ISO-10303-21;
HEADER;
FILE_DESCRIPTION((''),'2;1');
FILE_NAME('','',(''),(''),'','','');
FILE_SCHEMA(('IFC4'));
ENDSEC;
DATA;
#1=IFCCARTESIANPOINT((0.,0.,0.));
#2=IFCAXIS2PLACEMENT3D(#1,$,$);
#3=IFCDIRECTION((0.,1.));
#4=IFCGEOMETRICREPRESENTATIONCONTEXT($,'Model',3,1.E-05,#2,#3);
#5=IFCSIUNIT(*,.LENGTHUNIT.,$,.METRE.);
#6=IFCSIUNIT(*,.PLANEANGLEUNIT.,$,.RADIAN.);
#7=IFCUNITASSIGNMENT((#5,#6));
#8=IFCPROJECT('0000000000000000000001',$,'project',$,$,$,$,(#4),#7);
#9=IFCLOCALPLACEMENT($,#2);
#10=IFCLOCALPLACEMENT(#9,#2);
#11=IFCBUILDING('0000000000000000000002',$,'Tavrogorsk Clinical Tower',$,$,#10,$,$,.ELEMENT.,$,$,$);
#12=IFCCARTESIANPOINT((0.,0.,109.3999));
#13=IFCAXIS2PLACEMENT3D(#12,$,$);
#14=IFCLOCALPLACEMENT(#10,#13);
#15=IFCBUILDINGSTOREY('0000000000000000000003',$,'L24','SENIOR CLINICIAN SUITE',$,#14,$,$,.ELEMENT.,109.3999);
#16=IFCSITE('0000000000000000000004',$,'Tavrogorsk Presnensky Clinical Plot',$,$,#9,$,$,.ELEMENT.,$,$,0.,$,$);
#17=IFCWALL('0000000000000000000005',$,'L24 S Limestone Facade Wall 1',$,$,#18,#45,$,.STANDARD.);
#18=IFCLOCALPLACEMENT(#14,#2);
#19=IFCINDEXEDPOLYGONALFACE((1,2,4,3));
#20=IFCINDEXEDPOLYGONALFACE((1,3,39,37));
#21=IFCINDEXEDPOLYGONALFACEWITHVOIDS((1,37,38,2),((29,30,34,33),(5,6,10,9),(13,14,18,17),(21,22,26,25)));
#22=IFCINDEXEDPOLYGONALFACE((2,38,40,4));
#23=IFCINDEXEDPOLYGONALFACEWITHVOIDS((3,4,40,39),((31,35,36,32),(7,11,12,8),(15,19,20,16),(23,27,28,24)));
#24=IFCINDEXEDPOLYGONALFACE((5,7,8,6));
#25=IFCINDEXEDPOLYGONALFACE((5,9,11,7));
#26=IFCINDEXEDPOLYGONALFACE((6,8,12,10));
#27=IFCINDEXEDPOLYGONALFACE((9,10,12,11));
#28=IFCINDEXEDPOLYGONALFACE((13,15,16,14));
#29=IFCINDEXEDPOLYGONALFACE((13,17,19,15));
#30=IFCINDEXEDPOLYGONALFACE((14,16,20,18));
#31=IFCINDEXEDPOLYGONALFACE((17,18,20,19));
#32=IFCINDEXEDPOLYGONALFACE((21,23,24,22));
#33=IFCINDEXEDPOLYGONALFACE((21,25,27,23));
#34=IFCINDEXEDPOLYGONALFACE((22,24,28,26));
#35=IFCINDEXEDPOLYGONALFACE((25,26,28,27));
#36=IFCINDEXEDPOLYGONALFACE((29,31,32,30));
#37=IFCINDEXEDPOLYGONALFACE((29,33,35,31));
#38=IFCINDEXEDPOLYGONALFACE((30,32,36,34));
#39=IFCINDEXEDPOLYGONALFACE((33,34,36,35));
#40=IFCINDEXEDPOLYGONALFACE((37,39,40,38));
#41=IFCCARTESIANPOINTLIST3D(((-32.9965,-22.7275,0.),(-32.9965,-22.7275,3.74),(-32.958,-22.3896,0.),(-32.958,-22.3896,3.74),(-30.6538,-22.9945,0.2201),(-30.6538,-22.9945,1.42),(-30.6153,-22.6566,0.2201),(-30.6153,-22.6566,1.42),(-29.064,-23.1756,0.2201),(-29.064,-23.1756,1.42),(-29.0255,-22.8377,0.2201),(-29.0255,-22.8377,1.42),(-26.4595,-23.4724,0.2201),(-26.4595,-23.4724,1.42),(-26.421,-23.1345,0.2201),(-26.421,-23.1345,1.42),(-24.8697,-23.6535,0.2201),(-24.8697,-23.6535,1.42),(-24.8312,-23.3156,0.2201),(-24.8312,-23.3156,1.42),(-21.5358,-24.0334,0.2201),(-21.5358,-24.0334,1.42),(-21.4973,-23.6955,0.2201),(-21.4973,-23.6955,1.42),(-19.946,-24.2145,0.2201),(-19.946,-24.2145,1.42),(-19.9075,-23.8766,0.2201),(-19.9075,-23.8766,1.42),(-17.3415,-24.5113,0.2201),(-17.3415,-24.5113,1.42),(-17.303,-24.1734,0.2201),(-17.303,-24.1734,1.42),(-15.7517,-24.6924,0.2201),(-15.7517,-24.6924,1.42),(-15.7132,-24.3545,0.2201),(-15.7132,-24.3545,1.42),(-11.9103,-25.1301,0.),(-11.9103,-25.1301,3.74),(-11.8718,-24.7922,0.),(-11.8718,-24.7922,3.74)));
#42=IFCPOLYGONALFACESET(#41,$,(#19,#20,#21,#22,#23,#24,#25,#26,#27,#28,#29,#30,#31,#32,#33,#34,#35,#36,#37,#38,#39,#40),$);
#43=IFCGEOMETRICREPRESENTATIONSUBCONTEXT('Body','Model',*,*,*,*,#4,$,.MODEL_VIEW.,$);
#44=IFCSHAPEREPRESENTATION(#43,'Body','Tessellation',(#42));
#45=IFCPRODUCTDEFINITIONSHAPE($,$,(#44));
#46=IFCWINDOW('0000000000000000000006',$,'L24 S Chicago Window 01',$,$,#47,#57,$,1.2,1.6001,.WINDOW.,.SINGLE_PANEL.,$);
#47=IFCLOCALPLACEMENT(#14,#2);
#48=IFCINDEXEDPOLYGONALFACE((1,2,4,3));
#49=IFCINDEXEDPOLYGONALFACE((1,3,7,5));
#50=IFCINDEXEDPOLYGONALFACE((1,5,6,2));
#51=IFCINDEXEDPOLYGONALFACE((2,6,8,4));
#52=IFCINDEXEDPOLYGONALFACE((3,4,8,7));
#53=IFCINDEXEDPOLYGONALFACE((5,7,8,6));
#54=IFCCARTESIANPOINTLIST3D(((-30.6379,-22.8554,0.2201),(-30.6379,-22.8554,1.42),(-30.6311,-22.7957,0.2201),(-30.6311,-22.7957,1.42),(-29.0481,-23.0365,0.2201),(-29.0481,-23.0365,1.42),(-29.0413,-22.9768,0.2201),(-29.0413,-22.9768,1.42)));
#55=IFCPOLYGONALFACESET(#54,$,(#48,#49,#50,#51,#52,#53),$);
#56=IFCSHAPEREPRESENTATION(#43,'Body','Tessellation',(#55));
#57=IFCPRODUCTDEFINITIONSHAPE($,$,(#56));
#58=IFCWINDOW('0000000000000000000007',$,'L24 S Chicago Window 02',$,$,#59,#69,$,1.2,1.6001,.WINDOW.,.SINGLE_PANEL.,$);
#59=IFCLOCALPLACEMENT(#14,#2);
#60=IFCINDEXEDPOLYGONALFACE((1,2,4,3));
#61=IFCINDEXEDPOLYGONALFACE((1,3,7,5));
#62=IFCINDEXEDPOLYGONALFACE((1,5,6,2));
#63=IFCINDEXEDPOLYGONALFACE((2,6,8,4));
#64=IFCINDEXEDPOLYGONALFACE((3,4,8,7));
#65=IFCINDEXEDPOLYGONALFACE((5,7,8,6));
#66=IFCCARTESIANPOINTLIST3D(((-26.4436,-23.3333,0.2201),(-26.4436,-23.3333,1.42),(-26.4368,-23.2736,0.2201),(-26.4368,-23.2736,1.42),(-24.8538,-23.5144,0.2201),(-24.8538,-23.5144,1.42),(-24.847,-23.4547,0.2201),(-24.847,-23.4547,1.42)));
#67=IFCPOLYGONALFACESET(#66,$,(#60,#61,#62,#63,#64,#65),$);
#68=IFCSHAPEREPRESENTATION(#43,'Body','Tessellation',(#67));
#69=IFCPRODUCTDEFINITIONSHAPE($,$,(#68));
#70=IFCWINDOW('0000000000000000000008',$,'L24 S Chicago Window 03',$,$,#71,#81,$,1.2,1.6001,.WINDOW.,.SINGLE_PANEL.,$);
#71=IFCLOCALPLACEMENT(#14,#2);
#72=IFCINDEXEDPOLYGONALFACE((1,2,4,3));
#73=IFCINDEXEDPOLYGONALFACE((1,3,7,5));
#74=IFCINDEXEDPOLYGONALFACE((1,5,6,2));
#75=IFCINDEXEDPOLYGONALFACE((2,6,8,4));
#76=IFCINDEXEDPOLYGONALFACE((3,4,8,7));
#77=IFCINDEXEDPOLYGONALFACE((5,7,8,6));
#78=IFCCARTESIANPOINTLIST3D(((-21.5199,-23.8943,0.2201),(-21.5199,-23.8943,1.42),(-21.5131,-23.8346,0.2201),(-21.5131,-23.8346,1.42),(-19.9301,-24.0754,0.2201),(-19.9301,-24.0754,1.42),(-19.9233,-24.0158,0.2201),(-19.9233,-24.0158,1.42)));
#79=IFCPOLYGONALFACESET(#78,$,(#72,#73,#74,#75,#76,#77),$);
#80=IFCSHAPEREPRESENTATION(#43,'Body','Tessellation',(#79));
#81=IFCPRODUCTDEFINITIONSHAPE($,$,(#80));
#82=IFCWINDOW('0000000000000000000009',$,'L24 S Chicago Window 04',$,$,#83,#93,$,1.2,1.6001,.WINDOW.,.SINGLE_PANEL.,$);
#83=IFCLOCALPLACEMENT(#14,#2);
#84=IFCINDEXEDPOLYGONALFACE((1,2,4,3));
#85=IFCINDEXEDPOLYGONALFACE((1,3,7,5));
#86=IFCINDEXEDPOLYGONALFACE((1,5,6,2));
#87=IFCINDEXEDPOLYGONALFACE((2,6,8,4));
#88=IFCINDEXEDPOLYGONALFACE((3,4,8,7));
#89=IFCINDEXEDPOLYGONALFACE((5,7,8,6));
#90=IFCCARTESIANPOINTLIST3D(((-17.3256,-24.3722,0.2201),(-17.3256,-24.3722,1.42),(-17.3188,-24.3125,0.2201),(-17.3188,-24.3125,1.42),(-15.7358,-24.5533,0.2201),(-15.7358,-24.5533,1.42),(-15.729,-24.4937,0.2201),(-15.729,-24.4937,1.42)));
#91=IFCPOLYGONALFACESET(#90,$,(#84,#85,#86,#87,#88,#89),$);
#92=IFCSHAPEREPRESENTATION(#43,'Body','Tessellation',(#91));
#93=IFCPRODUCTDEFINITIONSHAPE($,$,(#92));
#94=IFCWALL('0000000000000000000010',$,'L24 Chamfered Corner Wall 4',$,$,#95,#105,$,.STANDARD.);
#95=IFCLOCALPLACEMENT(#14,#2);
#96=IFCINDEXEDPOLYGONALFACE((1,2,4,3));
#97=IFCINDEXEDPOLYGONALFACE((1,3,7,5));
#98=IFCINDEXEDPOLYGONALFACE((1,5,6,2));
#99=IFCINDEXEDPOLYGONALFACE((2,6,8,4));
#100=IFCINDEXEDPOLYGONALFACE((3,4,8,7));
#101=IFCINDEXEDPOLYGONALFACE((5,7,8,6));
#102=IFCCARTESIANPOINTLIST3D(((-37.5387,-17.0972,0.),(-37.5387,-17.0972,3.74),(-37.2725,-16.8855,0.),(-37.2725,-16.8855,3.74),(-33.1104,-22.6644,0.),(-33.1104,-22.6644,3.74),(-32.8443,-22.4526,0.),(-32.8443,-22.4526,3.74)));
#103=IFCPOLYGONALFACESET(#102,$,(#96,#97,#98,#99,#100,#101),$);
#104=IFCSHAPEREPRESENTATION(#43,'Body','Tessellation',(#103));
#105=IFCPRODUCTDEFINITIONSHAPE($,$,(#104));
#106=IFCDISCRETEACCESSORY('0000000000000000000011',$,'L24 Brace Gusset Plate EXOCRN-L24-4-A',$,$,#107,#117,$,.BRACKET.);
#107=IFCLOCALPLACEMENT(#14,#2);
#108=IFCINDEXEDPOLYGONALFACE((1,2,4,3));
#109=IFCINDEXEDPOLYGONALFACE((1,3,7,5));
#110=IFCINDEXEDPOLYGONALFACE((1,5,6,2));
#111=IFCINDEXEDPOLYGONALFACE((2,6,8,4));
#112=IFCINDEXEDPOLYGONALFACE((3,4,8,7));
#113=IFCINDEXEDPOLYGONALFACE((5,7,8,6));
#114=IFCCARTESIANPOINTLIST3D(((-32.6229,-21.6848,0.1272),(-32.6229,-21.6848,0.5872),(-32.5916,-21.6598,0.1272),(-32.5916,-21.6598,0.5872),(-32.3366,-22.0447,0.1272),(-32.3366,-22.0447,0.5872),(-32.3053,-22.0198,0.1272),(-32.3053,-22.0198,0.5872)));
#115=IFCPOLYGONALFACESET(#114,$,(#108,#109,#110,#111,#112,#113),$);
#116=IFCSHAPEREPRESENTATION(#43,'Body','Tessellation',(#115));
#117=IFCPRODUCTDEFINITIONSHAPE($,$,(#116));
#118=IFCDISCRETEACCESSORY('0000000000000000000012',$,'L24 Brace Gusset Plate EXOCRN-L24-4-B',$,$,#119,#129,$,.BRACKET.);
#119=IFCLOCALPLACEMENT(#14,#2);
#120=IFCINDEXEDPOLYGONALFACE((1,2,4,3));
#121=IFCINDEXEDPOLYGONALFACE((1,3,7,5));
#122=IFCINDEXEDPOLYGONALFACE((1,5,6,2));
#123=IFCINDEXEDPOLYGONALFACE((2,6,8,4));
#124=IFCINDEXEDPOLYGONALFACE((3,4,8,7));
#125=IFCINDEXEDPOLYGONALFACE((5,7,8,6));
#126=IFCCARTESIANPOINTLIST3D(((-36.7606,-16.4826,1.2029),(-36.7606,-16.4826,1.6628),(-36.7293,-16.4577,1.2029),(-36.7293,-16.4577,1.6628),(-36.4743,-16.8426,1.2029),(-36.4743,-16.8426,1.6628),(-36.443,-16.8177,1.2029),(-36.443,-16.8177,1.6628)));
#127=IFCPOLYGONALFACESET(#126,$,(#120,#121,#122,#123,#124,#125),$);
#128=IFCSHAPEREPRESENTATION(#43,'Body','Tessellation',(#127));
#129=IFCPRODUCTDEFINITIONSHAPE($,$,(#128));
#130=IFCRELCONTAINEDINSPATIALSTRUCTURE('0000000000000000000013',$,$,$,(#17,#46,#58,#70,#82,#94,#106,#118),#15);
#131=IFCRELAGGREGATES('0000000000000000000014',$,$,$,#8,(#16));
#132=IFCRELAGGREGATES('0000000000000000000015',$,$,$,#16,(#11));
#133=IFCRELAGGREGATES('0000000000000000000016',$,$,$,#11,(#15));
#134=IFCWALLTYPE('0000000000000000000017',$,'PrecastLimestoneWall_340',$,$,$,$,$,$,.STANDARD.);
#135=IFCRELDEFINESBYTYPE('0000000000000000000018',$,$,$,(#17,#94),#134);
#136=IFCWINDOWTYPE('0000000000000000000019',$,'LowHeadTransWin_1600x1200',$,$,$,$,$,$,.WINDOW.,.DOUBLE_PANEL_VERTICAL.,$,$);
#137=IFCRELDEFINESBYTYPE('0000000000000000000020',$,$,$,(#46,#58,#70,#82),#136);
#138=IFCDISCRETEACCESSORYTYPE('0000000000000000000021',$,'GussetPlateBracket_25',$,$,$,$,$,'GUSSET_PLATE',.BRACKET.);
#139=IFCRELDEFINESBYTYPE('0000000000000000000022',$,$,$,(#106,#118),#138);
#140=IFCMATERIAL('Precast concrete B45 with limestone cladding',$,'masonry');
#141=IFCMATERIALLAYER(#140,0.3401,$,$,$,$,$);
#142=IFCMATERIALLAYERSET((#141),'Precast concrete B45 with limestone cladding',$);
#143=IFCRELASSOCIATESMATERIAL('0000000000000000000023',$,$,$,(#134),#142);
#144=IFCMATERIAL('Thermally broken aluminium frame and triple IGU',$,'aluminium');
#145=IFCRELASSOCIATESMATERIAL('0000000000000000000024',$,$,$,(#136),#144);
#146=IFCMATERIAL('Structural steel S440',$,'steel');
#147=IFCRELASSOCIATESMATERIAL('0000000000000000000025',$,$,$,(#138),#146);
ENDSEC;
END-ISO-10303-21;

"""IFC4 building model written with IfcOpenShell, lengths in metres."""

from ifc_helpers import new_model, si_unit, direction, frame, frame_2d, origin, origin_2d, place, context, subcontext, project, spatial, rectangle, extrude, material, layer, layer_set, type_object, element, fill, save


model = new_model("IFC4")

# Units and contexts
model_context = context("Model", 3, precision=1e-05, world=origin(), true_north=direction((0.0, 1.0)))
body_context = subcontext(model_context, "Body", "Model", "MODEL_VIEW")
ifc_project = project(units=[si_unit("LENGTHUNIT", "METRE"), si_unit("PLANEANGLEUNIT", "RADIAN")], contexts=[model_context])

# Site, building, storey
site_placement = place(None, origin())
site = spatial("IfcSite", under=ifc_project, at=site_placement, Name="Tavrogorsk Presnensky Clinical Plot", CompositionType="ELEMENT", RefElevation=0.0)
building_placement = place(site_placement, origin())
building = spatial("IfcBuilding", under=site, at=building_placement, Name="Tavrogorsk Clinical Tower", CompositionType="ELEMENT")
storey_placement = place(building_placement, frame((0.0, 0.0, 109.3999)))
storey = spatial("IfcBuildingStorey", under=building, at=storey_placement, Name="L24", Description="SENIOR CLINICIAN SUITE", CompositionType="ELEMENT", Elevation=109.3999)

# Wall, openings, windows
ifc_material_1 = material(Name="Precast concrete B45 with limestone cladding", Category="masonry")
ifc_layer_1 = layer(ifc_material_1, 0.3401)
ifc_layer_set_1 = layer_set([ifc_layer_1], Name="Precast concrete B45 with limestone cladding")
wall_type_1 = type_object("IfcWallType", Name="PrecastLimestoneWall_340", PredefinedType="STANDARD", material=ifc_layer_set_1)
wall_1_placement = place(storey_placement, frame((-32.9773, -22.5586, 0.0), z_axis=(0.0, 0.0, 1.0), x_axis=(0.993571, -0.113209, 0.0)))
wall_1 = element("IfcWall", 1, at=wall_1_placement, inside=storey, type_object=wall_type_1, Name="L24 S Limestone Facade Wall 1", PredefinedType="STANDARD", context=body_context, shape_type="SweptSolid", body=[
    extrude(rectangle(XDim=21.2227, YDim=0.3401, at=frame_2d((10.6113, 0.0))), origin(), (0.0, 0.0, 1.0), 3.74),
])
opening_1_placement = place(wall_1_placement, frame((2.3579, 0.0, 0.22)))
opening_1 = element("IfcOpeningElement", 2, at=opening_1_placement, cuts=wall_1, PredefinedType="OPENING", context=body_context, shape_type="SweptSolid", body=[
    extrude(rectangle(XDim=1.6001, YDim=1.2, at=frame_2d((0.8, 0.6001))), frame((0.0, 0.1799, 0.0), z_axis=(0.0, -1.0, 0.0), x_axis=(1.0, 0.0, 0.0)), (0.0, 0.0, 1.0), 0.3601),
])
opening_2_placement = place(wall_1_placement, frame((6.5793, 0.0, 0.22)))
opening_2 = element("IfcOpeningElement", 3, at=opening_2_placement, cuts=wall_1, PredefinedType="OPENING", context=body_context, shape_type="SweptSolid", body=[
    extrude(rectangle(XDim=1.6001, YDim=1.2, at=frame_2d((0.8, 0.6001))), frame((0.0, 0.1799, 0.0), z_axis=(0.0, -1.0, 0.0), x_axis=(1.0, 0.0, 0.0)), (0.0, 0.0, 1.0), 0.3601),
])
opening_3_placement = place(wall_1_placement, frame((11.5349, 0.0, 0.22)))
opening_3 = element("IfcOpeningElement", 4, at=opening_3_placement, cuts=wall_1, PredefinedType="OPENING", context=body_context, shape_type="SweptSolid", body=[
    extrude(rectangle(XDim=1.6001, YDim=1.2, at=frame_2d((0.8, 0.6001))), frame((0.0, 0.1799, 0.0), z_axis=(0.0, -1.0, 0.0), x_axis=(1.0, 0.0, 0.0)), (0.0, 0.0, 1.0), 0.3601),
])
opening_4_placement = place(wall_1_placement, frame((15.7563, 0.0, 0.22)))
opening_4 = element("IfcOpeningElement", 5, at=opening_4_placement, cuts=wall_1, PredefinedType="OPENING", context=body_context, shape_type="SweptSolid", body=[
    extrude(rectangle(XDim=1.6001, YDim=1.2, at=frame_2d((0.8, 0.6001))), frame((0.0, 0.1799, 0.0), z_axis=(0.0, -1.0, 0.0), x_axis=(1.0, 0.0, 0.0)), (0.0, 0.0, 1.0), 0.3601),
])
ifc_material_2 = material(Name="Thermally broken aluminium frame and triple IGU", Category="aluminium")
window_type = type_object("IfcWindowType", Name="LowHeadTransWin_1600x1200", PartitioningType="DOUBLE_PANEL_VERTICAL", PredefinedType="WINDOW", material=ifc_material_2)
window_1_placement = place(opening_1_placement, origin())
window_1 = element("IfcWindow", 6, at=window_1_placement, inside=storey, type_object=window_type, Name="L24 S Chicago Window 01", OverallHeight=1.2, OverallWidth=1.6001, PartitioningType="SINGLE_PANEL", PredefinedType="WINDOW", context=body_context, shape_type="SweptSolid", body=[
    extrude(rectangle(XDim=1.6001, YDim=1.2, at=frame_2d((0.8, 0.6001))), frame((0.0, 0.03, 0.0), z_axis=(0.0, -1.0, 0.0), x_axis=(1.0, 0.0, 0.0)), (0.0, 0.0, 1.0), 0.0601),
])
fill(opening_1, window_1)
window_2_placement = place(opening_2_placement, origin())
window_2 = element("IfcWindow", 7, at=window_2_placement, inside=storey, type_object=window_type, Name="L24 S Chicago Window 02", OverallHeight=1.2, OverallWidth=1.6001, PartitioningType="SINGLE_PANEL", PredefinedType="WINDOW", context=body_context, shape_type="SweptSolid", body=[
    extrude(rectangle(XDim=1.6001, YDim=1.2, at=frame_2d((0.8, 0.6001))), frame((0.0, 0.03, 0.0), z_axis=(0.0, -1.0, 0.0), x_axis=(1.0, 0.0, 0.0)), (0.0, 0.0, 1.0), 0.0601),
])
fill(opening_2, window_2)
window_3_placement = place(opening_3_placement, origin())
window_3 = element("IfcWindow", 8, at=window_3_placement, inside=storey, type_object=window_type, Name="L24 S Chicago Window 03", OverallHeight=1.2, OverallWidth=1.6001, PartitioningType="SINGLE_PANEL", PredefinedType="WINDOW", context=body_context, shape_type="SweptSolid", body=[
    extrude(rectangle(XDim=1.6001, YDim=1.2, at=frame_2d((0.8, 0.6001))), frame((0.0, 0.03, 0.0), z_axis=(0.0, -1.0, 0.0), x_axis=(1.0, 0.0, 0.0)), (0.0, 0.0, 1.0), 0.0601),
])
fill(opening_3, window_3)
window_4_placement = place(opening_4_placement, origin())
window_4 = element("IfcWindow", 9, at=window_4_placement, inside=storey, type_object=window_type, Name="L24 S Chicago Window 04", OverallHeight=1.2, OverallWidth=1.6001, PartitioningType="SINGLE_PANEL", PredefinedType="WINDOW", context=body_context, shape_type="SweptSolid", body=[
    extrude(rectangle(XDim=1.6001, YDim=1.2, at=frame_2d((0.8, 0.6001))), frame((0.0, 0.03, 0.0), z_axis=(0.0, -1.0, 0.0), x_axis=(1.0, 0.0, 0.0)), (0.0, 0.0, 1.0), 0.0601),
])
fill(opening_4, window_4)

# Wall
wall_2_placement = place(storey_placement, frame((-37.4055, -16.9915, 0.0), z_axis=(0.0, 0.0, 1.0), x_axis=(0.622508, -0.782614, 0.0)))
element("IfcWall", 10, at=wall_2_placement, inside=storey, type_object=wall_type_1, Name="L24 Chamfered Corner Wall 4", PredefinedType="STANDARD", context=body_context, shape_type="SweptSolid", body=[
    extrude(rectangle(XDim=7.1135, YDim=0.3401, at=frame_2d((3.5566, 0.0))), origin(), (0.0, 0.0, 1.0), 3.74),
])

# Discrete accessories
ifc_material_3 = material(Name="Structural steel S440", Category="steel")
discrete_accessory_type = type_object("IfcDiscreteAccessoryType", Name="GussetPlateBracket_25", ElementType="GUSSET_PLATE", PredefinedType="BRACKET", material=ifc_material_3)
for number, where, z_axis, x_axis, name in (
    (11, (-32.4641, -21.8523, 0.1272), (0.0, 0.0, 1.0), (-0.622515, 0.782608, 0.0), "L24 Brace Gusset Plate EXOCRN-L24-4-A"),
    (12, (-36.6018, -16.6501, 1.2029), (0.0, 0.0, 1.0), (-0.622515, 0.782608, 0.0), "L24 Brace Gusset Plate EXOCRN-L24-4-B"),
):
    element("IfcDiscreteAccessory", number, at=place(storey_placement, frame(where, z_axis=z_axis, x_axis=x_axis)), inside=storey, type_object=discrete_accessory_type, Name=name, PredefinedType="BRACKET", context=body_context, shape_type="SweptSolid", body=[
        extrude(rectangle(XDim=0.46, YDim=0.04, at=origin_2d()), origin(), (0.0, 0.0, 1.0), 0.46),
    ])

save(model, "model.ifc")
